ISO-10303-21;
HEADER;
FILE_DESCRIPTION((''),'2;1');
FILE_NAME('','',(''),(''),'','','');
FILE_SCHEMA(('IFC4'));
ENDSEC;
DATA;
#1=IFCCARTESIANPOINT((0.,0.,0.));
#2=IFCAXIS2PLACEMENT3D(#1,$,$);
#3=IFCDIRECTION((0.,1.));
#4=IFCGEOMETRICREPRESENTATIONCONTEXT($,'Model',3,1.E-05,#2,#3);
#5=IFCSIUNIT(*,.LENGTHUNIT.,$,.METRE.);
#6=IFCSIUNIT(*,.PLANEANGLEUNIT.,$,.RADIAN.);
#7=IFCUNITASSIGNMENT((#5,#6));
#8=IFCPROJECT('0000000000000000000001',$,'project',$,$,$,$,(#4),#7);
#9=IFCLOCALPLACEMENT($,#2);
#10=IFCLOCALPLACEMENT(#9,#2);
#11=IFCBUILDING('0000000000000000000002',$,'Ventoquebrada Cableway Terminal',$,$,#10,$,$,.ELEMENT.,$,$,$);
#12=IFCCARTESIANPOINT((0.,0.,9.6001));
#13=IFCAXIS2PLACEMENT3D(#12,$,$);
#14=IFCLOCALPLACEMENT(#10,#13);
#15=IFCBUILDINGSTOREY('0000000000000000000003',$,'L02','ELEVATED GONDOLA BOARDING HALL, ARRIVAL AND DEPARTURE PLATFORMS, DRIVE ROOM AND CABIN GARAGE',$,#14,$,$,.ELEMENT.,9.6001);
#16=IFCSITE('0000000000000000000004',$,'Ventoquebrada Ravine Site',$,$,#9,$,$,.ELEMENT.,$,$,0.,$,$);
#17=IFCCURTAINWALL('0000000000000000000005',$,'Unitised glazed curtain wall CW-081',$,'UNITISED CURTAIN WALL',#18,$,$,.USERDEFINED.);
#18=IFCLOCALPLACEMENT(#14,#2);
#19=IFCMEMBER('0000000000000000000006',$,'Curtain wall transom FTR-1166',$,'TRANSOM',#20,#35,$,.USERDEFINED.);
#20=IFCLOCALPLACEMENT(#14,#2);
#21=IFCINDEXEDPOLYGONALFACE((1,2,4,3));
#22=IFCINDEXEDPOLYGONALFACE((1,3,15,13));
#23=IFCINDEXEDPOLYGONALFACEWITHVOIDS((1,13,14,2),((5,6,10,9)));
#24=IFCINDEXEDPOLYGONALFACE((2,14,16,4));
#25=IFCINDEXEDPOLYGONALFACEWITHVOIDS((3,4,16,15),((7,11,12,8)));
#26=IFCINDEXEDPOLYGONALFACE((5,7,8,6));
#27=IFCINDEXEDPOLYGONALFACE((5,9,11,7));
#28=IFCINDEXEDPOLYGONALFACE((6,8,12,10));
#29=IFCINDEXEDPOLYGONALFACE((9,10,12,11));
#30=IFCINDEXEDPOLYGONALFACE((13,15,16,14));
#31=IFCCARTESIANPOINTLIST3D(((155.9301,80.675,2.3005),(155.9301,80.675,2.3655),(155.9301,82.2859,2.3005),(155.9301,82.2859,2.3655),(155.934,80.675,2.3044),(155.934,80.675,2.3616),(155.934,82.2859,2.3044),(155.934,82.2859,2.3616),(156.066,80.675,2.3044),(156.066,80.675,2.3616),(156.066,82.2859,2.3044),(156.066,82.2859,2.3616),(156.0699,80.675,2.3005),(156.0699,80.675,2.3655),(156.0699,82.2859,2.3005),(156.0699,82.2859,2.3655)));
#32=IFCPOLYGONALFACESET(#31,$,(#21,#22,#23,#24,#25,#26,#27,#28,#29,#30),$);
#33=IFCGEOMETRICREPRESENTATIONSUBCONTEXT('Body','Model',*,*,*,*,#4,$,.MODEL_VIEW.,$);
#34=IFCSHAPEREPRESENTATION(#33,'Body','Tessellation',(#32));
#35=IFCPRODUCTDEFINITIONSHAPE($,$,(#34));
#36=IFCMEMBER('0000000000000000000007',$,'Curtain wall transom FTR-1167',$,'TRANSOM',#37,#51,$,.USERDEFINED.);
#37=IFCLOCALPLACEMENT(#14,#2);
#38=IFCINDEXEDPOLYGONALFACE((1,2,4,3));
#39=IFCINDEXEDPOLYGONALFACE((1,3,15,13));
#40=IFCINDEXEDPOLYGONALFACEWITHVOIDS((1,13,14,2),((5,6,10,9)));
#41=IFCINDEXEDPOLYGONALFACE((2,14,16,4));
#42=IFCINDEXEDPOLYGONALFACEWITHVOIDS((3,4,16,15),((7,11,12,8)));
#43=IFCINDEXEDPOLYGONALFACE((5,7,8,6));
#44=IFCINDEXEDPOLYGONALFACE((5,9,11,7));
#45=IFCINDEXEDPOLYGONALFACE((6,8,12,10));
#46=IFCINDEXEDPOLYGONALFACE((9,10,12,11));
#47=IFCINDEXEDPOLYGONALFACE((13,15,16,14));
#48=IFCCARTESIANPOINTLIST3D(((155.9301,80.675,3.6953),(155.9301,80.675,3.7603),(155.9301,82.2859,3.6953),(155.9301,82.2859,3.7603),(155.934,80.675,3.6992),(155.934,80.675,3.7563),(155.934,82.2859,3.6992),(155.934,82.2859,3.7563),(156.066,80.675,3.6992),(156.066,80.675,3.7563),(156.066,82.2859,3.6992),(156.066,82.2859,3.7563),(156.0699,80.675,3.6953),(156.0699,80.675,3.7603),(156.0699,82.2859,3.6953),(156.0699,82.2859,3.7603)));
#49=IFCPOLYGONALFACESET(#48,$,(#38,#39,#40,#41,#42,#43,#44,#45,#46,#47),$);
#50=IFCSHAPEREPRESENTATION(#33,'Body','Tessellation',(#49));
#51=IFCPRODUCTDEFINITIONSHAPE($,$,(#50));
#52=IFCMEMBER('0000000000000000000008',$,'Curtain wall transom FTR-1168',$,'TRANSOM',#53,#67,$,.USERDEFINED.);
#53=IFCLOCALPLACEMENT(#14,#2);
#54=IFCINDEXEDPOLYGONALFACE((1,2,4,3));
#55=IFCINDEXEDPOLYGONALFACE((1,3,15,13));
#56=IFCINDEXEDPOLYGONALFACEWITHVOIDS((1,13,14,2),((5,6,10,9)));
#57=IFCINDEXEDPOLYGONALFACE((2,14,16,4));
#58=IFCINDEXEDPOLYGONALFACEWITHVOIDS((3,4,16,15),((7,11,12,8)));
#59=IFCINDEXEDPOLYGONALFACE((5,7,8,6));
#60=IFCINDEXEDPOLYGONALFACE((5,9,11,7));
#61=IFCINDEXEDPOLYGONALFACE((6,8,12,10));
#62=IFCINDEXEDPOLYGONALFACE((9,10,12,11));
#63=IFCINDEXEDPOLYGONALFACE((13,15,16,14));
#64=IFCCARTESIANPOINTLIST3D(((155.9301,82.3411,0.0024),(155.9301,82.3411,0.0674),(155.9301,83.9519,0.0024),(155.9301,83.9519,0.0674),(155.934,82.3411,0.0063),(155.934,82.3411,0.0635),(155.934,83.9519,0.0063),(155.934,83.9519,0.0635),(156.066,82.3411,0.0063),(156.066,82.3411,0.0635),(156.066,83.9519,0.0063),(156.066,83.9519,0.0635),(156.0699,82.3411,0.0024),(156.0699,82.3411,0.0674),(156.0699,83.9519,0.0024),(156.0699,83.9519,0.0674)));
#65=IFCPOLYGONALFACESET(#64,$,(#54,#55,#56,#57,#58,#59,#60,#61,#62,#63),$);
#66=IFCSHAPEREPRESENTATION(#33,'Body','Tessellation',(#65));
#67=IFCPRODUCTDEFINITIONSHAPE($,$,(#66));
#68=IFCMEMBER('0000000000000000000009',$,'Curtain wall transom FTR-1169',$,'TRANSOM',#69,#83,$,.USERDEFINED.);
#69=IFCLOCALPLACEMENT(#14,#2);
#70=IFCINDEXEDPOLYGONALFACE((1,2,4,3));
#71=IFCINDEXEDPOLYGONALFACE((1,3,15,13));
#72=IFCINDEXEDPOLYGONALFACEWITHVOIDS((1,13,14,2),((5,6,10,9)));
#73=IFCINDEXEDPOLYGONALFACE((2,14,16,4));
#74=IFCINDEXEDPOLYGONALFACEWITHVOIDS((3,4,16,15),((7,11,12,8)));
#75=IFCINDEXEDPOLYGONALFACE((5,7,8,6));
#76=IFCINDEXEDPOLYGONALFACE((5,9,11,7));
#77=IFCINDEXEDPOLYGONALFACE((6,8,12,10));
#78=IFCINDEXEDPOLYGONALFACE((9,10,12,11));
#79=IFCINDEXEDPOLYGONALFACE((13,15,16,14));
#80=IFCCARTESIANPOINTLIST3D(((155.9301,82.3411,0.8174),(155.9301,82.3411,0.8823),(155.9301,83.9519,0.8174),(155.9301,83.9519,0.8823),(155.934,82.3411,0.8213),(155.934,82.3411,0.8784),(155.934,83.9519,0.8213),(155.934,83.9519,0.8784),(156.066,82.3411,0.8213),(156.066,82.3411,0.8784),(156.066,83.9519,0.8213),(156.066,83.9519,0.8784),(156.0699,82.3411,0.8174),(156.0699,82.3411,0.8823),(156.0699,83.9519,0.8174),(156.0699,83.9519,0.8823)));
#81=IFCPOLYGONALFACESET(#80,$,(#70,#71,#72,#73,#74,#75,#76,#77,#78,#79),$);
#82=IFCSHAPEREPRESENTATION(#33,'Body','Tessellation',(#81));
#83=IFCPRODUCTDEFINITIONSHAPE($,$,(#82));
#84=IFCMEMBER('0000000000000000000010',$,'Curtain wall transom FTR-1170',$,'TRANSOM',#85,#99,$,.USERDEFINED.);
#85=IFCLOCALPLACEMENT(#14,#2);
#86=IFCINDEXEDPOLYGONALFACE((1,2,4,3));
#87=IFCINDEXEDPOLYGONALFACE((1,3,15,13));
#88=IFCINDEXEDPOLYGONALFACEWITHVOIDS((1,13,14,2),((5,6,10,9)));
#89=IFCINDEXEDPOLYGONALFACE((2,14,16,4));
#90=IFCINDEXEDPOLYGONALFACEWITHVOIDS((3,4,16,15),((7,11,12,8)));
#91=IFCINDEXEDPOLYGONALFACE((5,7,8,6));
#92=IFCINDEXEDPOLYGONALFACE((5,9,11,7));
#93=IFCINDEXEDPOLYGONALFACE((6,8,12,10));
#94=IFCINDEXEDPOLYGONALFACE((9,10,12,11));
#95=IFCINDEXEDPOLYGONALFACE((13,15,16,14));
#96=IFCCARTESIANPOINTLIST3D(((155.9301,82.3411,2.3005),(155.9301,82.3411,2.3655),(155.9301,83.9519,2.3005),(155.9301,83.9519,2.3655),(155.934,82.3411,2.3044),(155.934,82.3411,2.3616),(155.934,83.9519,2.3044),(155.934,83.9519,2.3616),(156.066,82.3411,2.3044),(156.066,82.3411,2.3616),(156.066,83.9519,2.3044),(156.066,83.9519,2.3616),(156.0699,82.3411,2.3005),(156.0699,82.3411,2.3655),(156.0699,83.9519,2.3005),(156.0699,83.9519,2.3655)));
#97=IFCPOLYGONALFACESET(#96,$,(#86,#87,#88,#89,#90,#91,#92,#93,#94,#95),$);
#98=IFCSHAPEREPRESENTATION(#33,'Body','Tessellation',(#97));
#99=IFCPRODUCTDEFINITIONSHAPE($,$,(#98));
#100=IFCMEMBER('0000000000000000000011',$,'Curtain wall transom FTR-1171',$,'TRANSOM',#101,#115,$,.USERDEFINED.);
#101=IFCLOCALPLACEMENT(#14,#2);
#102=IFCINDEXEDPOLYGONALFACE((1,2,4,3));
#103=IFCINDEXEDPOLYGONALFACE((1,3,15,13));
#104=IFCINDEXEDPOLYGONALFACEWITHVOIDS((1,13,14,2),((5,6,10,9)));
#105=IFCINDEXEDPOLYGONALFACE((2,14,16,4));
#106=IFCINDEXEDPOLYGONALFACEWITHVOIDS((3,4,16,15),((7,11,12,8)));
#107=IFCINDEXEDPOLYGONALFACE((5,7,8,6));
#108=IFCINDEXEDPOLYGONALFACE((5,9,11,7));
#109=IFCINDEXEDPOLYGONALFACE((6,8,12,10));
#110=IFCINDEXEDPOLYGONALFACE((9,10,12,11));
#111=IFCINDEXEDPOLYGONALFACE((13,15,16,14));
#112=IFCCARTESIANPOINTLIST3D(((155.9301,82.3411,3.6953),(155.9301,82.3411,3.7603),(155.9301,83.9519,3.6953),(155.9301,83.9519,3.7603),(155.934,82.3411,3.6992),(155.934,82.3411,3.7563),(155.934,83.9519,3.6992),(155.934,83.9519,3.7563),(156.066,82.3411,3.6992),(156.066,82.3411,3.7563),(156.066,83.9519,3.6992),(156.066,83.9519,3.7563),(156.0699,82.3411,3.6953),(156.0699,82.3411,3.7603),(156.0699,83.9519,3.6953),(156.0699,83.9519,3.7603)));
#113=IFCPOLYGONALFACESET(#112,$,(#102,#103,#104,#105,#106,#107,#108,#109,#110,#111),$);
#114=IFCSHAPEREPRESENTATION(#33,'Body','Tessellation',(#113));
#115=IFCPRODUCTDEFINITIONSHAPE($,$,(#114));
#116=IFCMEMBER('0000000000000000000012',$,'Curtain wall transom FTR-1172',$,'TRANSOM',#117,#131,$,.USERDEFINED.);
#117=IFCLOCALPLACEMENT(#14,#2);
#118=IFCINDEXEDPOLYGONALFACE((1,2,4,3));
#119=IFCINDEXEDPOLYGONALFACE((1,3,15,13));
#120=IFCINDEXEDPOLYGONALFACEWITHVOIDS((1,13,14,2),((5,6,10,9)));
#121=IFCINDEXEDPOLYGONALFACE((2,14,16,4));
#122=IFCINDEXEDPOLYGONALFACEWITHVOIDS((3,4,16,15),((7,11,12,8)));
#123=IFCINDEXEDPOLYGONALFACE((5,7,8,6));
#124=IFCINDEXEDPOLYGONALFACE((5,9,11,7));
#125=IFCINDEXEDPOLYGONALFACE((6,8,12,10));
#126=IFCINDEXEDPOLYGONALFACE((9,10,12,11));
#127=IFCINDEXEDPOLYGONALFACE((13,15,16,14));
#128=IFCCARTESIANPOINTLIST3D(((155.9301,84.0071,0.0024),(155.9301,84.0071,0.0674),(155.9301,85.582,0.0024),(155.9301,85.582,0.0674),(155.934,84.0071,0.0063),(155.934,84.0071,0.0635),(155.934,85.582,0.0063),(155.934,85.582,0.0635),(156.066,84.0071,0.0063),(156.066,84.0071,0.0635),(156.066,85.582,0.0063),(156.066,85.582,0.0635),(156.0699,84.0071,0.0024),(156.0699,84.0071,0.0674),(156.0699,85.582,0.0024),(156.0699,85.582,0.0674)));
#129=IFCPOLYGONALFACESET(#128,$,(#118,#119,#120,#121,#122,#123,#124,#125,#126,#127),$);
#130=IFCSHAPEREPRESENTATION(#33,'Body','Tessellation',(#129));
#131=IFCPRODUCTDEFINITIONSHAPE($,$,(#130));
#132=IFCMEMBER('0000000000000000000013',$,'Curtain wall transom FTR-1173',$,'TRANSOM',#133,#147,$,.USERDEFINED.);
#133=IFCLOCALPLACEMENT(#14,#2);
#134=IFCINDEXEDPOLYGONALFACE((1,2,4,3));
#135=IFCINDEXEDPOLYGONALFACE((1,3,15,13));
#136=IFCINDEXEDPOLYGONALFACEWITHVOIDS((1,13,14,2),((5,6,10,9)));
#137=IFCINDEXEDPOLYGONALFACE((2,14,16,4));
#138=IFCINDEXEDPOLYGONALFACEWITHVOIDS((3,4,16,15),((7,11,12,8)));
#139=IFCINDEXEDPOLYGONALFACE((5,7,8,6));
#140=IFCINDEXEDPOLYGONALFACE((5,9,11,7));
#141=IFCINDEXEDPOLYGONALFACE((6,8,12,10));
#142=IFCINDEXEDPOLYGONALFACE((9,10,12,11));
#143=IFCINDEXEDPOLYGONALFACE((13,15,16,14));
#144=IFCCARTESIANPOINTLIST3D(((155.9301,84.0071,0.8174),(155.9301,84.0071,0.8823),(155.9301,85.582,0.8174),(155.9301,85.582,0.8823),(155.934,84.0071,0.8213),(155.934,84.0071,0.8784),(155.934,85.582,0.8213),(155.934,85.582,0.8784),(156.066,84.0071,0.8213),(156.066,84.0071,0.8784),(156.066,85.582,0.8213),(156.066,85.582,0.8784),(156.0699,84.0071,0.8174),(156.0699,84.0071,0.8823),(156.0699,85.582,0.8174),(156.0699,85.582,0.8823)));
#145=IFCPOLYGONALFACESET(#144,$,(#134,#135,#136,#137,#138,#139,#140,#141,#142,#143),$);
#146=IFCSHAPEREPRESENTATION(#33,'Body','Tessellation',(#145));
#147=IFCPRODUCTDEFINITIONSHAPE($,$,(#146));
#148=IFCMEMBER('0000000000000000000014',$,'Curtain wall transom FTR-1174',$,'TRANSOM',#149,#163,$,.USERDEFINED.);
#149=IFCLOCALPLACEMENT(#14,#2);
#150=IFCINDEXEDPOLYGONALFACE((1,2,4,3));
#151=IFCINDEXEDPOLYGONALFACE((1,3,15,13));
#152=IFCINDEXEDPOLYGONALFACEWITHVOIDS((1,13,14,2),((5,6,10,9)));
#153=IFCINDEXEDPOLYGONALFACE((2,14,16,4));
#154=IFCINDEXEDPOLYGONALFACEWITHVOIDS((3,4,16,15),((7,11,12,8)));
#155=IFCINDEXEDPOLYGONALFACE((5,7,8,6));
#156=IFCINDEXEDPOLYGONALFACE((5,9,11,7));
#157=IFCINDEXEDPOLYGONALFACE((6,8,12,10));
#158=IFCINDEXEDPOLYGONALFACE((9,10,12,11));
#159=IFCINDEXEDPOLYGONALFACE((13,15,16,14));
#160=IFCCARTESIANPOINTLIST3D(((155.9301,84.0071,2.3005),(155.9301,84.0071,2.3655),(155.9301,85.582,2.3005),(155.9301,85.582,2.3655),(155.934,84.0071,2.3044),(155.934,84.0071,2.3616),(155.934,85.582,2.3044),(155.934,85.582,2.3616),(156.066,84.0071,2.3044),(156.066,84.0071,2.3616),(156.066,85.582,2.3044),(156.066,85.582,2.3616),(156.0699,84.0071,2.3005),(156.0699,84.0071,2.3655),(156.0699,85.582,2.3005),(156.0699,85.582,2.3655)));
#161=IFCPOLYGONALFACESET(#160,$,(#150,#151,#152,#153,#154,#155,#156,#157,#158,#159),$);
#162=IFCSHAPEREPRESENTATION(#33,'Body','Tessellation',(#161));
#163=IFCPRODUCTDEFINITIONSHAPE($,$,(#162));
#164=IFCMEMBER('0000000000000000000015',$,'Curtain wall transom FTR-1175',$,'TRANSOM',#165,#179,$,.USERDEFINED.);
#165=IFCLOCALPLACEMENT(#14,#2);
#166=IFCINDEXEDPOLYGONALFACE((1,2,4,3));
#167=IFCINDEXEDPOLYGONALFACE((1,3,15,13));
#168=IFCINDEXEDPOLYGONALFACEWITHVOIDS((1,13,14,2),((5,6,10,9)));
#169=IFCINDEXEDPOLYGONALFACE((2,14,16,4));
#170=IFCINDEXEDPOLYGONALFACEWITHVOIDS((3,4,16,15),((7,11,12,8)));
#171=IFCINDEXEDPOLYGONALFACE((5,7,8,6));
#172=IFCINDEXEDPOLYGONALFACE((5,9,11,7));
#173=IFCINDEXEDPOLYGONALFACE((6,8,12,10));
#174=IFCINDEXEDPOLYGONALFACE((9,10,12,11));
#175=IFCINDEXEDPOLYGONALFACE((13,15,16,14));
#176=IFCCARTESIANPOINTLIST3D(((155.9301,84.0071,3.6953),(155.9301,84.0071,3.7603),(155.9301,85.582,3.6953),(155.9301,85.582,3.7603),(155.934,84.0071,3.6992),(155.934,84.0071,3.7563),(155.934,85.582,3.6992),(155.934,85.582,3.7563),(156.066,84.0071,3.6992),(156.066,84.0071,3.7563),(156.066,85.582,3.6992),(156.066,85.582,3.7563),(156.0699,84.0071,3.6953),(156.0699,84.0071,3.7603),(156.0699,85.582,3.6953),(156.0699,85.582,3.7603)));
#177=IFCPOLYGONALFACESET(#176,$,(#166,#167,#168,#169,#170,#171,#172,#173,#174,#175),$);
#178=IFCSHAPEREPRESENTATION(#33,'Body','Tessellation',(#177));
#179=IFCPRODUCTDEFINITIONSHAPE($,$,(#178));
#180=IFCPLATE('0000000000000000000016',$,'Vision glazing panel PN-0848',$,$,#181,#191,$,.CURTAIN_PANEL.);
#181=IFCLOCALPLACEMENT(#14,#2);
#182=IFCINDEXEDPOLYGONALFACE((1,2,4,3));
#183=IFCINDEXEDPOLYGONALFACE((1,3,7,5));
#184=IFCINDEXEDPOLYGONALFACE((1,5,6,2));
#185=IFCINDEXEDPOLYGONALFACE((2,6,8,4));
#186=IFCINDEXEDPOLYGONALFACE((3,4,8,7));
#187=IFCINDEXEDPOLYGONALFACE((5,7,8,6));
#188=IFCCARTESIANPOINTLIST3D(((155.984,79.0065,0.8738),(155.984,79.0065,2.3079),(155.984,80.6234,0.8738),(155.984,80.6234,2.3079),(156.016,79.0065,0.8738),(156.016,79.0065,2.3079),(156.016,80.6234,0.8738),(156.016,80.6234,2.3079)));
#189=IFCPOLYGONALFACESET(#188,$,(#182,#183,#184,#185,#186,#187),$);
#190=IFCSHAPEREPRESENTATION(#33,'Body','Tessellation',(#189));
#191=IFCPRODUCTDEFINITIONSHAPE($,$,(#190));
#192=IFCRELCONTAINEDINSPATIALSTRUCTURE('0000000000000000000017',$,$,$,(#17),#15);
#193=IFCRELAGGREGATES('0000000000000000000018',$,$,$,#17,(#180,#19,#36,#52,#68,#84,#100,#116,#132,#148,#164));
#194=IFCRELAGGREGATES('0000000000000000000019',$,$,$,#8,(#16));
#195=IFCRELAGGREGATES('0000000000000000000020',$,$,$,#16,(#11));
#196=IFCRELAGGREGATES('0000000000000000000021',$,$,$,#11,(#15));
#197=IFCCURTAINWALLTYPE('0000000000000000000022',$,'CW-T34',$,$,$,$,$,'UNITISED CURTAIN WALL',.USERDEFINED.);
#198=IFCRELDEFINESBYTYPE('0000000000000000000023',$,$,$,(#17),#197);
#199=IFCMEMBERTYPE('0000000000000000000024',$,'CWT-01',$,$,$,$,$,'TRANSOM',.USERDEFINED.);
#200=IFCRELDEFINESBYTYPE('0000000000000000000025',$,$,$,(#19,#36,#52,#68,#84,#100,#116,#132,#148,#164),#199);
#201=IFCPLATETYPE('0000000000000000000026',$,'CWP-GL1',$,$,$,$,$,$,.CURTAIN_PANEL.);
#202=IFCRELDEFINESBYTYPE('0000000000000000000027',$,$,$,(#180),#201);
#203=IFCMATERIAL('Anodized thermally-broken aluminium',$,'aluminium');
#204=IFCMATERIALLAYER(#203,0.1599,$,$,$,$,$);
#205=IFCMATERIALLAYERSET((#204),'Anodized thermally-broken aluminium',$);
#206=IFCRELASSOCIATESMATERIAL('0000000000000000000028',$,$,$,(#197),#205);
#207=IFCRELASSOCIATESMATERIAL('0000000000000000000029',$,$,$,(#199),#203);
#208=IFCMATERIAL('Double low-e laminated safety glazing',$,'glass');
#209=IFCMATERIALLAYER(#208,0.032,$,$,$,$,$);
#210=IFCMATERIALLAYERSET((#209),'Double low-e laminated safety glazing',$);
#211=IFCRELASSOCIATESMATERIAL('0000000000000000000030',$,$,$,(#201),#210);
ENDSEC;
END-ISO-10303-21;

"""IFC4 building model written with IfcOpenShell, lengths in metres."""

from ifc_helpers import new_model, si_unit, direction, frame, origin, origin_2d, place, context, subcontext, project, spatial, rectangle, hollow_rectangle, extrude, material, layer, layer_set, material_profile, profile_set, type_object, element, aggregate, save


model = new_model("IFC4")

# Units and contexts
model_context = context("Model", 3, precision=1e-05, world=origin(), true_north=direction((0.0, 1.0)))
body_context = subcontext(model_context, "Body", "Model", "MODEL_VIEW")
ifc_project = project(units=[si_unit("LENGTHUNIT", "METRE"), si_unit("PLANEANGLEUNIT", "RADIAN")], contexts=[model_context])

# Site, building, storey
site_placement = place(None, origin())
site = spatial("IfcSite", under=ifc_project, at=site_placement, Name="Ventoquebrada Ravine Site", CompositionType="ELEMENT", RefElevation=0.0)
building_placement = place(site_placement, origin())
building = spatial("IfcBuilding", under=site, at=building_placement, Name="Ventoquebrada Cableway Terminal", CompositionType="ELEMENT")
storey_placement = place(building_placement, frame((0.0, 0.0, 9.6001)))
storey = spatial("IfcBuildingStorey", under=building, at=storey_placement, Name="L02", Description="ELEVATED GONDOLA BOARDING HALL, ARRIVAL AND DEPARTURE PLATFORMS, DRIVE ROOM AND CABIN GARAGE", CompositionType="ELEMENT", Elevation=9.6001)

# Curtain wall, members, plate
ifc_material_1 = material(Name="Anodized thermally-broken aluminium", Category="aluminium")
ifc_layer_1 = layer(ifc_material_1, 0.1599)
ifc_layer_set_1 = layer_set([ifc_layer_1], Name="Anodized thermally-broken aluminium")
curtain_wall_type = type_object("IfcCurtainWallType", Name="CW-T34", ElementType="UNITISED CURTAIN WALL", PredefinedType="USERDEFINED", material=ifc_layer_set_1)
curtain_wall_placement = place(storey_placement, origin())
curtain_wall = element("IfcCurtainWall", 1, at=curtain_wall_placement, inside=storey, type_object=curtain_wall_type, Name="Unitised glazed curtain wall CW-081", ObjectType="UNITISED CURTAIN WALL", PredefinedType="USERDEFINED")
ifc_material_profile_1 = material_profile(ifc_material_1, hollow_rectangle(XDim=0.0649, YDim=0.1399, WallThickness=0.0039, at=origin_2d()), Name="CW-TRN-65X140")
ifc_profile_set_1 = profile_set([ifc_material_profile_1], Name="Anodized thermally-broken aluminium")
member_type_1 = type_object("IfcMemberType", Name="CWT-01", ElementType="TRANSOM", PredefinedType="USERDEFINED", material=ifc_profile_set_1)
member_1_placement = place(storey_placement, frame((156.0, 80.675, 2.333), z_axis=(0.0, 1.0, 0.0), x_axis=(0.0, 0.0, 1.0)))
member_1 = element("IfcMember", 2, at=member_1_placement, type_object=member_type_1, Name="Curtain wall transom FTR-1166", ObjectType="TRANSOM", PredefinedType="USERDEFINED", context=body_context, shape_type="SweptSolid", body=[
    extrude(hollow_rectangle(XDim=0.0649, YDim=0.1399, WallThickness=0.0039, at=origin_2d()), origin(), (0.0, 0.0, 1.0), 1.6108),
])
member_2_placement = place(storey_placement, frame((156.0, 80.675, 3.7278), z_axis=(0.0, 1.0, 0.0), x_axis=(0.0, 0.0, 1.0)))
member_2 = element("IfcMember", 3, at=member_2_placement, type_object=member_type_1, Name="Curtain wall transom FTR-1167", ObjectType="TRANSOM", PredefinedType="USERDEFINED", context=body_context, shape_type="SweptSolid", body=[
    extrude(hollow_rectangle(XDim=0.0649, YDim=0.1399, WallThickness=0.0039, at=origin_2d()), origin(), (0.0, 0.0, 1.0), 1.6108),
])
member_3_placement = place(storey_placement, frame((156.0, 82.3411, 0.0349), z_axis=(0.0, 1.0, 0.0), x_axis=(0.0, 0.0, 1.0)))
member_3 = element("IfcMember", 4, at=member_3_placement, type_object=member_type_1, Name="Curtain wall transom FTR-1168", ObjectType="TRANSOM", PredefinedType="USERDEFINED", context=body_context, shape_type="SweptSolid", body=[
    extrude(hollow_rectangle(XDim=0.0649, YDim=0.1399, WallThickness=0.0039, at=origin_2d()), origin(), (0.0, 0.0, 1.0), 1.6108),
])
member_4_placement = place(storey_placement, frame((156.0, 82.3411, 0.8499), z_axis=(0.0, 1.0, 0.0), x_axis=(0.0, 0.0, 1.0)))
member_4 = element("IfcMember", 5, at=member_4_placement, type_object=member_type_1, Name="Curtain wall transom FTR-1169", ObjectType="TRANSOM", PredefinedType="USERDEFINED", context=body_context, shape_type="SweptSolid", body=[
    extrude(hollow_rectangle(XDim=0.0649, YDim=0.1399, WallThickness=0.0039, at=origin_2d()), origin(), (0.0, 0.0, 1.0), 1.6108),
])
member_5_placement = place(storey_placement, frame((156.0, 82.3411, 2.333), z_axis=(0.0, 1.0, 0.0), x_axis=(0.0, 0.0, 1.0)))
member_5 = element("IfcMember", 6, at=member_5_placement, type_object=member_type_1, Name="Curtain wall transom FTR-1170", ObjectType="TRANSOM", PredefinedType="USERDEFINED", context=body_context, shape_type="SweptSolid", body=[
    extrude(hollow_rectangle(XDim=0.0649, YDim=0.1399, WallThickness=0.0039, at=origin_2d()), origin(), (0.0, 0.0, 1.0), 1.6108),
])
member_6_placement = place(storey_placement, frame((156.0, 82.3411, 3.7278), z_axis=(0.0, 1.0, 0.0), x_axis=(0.0, 0.0, 1.0)))
member_6 = element("IfcMember", 7, at=member_6_placement, type_object=member_type_1, Name="Curtain wall transom FTR-1171", ObjectType="TRANSOM", PredefinedType="USERDEFINED", context=body_context, shape_type="SweptSolid", body=[
    extrude(hollow_rectangle(XDim=0.0649, YDim=0.1399, WallThickness=0.0039, at=origin_2d()), origin(), (0.0, 0.0, 1.0), 1.6108),
])
member_7_placement = place(storey_placement, frame((156.0, 84.0071, 0.0349), z_axis=(0.0, 1.0, 0.0), x_axis=(0.0, 0.0, 1.0)))
member_7 = element("IfcMember", 8, at=member_7_placement, type_object=member_type_1, Name="Curtain wall transom FTR-1172", ObjectType="TRANSOM", PredefinedType="USERDEFINED", context=body_context, shape_type="SweptSolid", body=[
    extrude(hollow_rectangle(XDim=0.0649, YDim=0.1399, WallThickness=0.0039, at=origin_2d()), origin(), (0.0, 0.0, 1.0), 1.575),
])
member_8_placement = place(storey_placement, frame((156.0, 84.0071, 0.8499), z_axis=(0.0, 1.0, 0.0), x_axis=(0.0, 0.0, 1.0)))
member_8 = element("IfcMember", 9, at=member_8_placement, type_object=member_type_1, Name="Curtain wall transom FTR-1173", ObjectType="TRANSOM", PredefinedType="USERDEFINED", context=body_context, shape_type="SweptSolid", body=[
    extrude(hollow_rectangle(XDim=0.0649, YDim=0.1399, WallThickness=0.0039, at=origin_2d()), origin(), (0.0, 0.0, 1.0), 1.575),
])
member_9_placement = place(storey_placement, frame((156.0, 84.0071, 2.333), z_axis=(0.0, 1.0, 0.0), x_axis=(0.0, 0.0, 1.0)))
member_9 = element("IfcMember", 10, at=member_9_placement, type_object=member_type_1, Name="Curtain wall transom FTR-1174", ObjectType="TRANSOM", PredefinedType="USERDEFINED", context=body_context, shape_type="SweptSolid", body=[
    extrude(hollow_rectangle(XDim=0.0649, YDim=0.1399, WallThickness=0.0039, at=origin_2d()), origin(), (0.0, 0.0, 1.0), 1.575),
])
member_10_placement = place(storey_placement, frame((156.0, 84.0071, 3.7278), z_axis=(0.0, 1.0, 0.0), x_axis=(0.0, 0.0, 1.0)))
member_10 = element("IfcMember", 11, at=member_10_placement, type_object=member_type_1, Name="Curtain wall transom FTR-1175", ObjectType="TRANSOM", PredefinedType="USERDEFINED", context=body_context, shape_type="SweptSolid", body=[
    extrude(hollow_rectangle(XDim=0.0649, YDim=0.1399, WallThickness=0.0039, at=origin_2d()), origin(), (0.0, 0.0, 1.0), 1.575),
])
ifc_material_2 = material(Name="Double low-e laminated safety glazing", Category="glass")
ifc_layer_2 = layer(ifc_material_2, 0.032)
ifc_layer_set_2 = layer_set([ifc_layer_2], Name="Double low-e laminated safety glazing")
plate_type_1 = type_object("IfcPlateType", Name="CWP-GL1", PredefinedType="CURTAIN_PANEL", material=ifc_layer_set_2)
plate_1_placement = place(storey_placement, frame((156.0, 79.8149, 0.8738), z_axis=(0.0, 0.0, 1.0), x_axis=(0.0, 1.0, 0.0)))
plate_1 = element("IfcPlate", 12, at=plate_1_placement, type_object=plate_type_1, Name="Vision glazing panel PN-0848", PredefinedType="CURTAIN_PANEL", context=body_context, shape_type="SweptSolid", body=[
    extrude(rectangle(XDim=1.6169, YDim=0.032, at=origin_2d()), origin(), (0.0, 0.0, 1.0), 1.4341),
])
aggregate(curtain_wall, [plate_1, member_1, member_2, member_3, member_4, member_5, member_6, member_7, member_8, member_9, member_10])

save(model, "model.ifc")
